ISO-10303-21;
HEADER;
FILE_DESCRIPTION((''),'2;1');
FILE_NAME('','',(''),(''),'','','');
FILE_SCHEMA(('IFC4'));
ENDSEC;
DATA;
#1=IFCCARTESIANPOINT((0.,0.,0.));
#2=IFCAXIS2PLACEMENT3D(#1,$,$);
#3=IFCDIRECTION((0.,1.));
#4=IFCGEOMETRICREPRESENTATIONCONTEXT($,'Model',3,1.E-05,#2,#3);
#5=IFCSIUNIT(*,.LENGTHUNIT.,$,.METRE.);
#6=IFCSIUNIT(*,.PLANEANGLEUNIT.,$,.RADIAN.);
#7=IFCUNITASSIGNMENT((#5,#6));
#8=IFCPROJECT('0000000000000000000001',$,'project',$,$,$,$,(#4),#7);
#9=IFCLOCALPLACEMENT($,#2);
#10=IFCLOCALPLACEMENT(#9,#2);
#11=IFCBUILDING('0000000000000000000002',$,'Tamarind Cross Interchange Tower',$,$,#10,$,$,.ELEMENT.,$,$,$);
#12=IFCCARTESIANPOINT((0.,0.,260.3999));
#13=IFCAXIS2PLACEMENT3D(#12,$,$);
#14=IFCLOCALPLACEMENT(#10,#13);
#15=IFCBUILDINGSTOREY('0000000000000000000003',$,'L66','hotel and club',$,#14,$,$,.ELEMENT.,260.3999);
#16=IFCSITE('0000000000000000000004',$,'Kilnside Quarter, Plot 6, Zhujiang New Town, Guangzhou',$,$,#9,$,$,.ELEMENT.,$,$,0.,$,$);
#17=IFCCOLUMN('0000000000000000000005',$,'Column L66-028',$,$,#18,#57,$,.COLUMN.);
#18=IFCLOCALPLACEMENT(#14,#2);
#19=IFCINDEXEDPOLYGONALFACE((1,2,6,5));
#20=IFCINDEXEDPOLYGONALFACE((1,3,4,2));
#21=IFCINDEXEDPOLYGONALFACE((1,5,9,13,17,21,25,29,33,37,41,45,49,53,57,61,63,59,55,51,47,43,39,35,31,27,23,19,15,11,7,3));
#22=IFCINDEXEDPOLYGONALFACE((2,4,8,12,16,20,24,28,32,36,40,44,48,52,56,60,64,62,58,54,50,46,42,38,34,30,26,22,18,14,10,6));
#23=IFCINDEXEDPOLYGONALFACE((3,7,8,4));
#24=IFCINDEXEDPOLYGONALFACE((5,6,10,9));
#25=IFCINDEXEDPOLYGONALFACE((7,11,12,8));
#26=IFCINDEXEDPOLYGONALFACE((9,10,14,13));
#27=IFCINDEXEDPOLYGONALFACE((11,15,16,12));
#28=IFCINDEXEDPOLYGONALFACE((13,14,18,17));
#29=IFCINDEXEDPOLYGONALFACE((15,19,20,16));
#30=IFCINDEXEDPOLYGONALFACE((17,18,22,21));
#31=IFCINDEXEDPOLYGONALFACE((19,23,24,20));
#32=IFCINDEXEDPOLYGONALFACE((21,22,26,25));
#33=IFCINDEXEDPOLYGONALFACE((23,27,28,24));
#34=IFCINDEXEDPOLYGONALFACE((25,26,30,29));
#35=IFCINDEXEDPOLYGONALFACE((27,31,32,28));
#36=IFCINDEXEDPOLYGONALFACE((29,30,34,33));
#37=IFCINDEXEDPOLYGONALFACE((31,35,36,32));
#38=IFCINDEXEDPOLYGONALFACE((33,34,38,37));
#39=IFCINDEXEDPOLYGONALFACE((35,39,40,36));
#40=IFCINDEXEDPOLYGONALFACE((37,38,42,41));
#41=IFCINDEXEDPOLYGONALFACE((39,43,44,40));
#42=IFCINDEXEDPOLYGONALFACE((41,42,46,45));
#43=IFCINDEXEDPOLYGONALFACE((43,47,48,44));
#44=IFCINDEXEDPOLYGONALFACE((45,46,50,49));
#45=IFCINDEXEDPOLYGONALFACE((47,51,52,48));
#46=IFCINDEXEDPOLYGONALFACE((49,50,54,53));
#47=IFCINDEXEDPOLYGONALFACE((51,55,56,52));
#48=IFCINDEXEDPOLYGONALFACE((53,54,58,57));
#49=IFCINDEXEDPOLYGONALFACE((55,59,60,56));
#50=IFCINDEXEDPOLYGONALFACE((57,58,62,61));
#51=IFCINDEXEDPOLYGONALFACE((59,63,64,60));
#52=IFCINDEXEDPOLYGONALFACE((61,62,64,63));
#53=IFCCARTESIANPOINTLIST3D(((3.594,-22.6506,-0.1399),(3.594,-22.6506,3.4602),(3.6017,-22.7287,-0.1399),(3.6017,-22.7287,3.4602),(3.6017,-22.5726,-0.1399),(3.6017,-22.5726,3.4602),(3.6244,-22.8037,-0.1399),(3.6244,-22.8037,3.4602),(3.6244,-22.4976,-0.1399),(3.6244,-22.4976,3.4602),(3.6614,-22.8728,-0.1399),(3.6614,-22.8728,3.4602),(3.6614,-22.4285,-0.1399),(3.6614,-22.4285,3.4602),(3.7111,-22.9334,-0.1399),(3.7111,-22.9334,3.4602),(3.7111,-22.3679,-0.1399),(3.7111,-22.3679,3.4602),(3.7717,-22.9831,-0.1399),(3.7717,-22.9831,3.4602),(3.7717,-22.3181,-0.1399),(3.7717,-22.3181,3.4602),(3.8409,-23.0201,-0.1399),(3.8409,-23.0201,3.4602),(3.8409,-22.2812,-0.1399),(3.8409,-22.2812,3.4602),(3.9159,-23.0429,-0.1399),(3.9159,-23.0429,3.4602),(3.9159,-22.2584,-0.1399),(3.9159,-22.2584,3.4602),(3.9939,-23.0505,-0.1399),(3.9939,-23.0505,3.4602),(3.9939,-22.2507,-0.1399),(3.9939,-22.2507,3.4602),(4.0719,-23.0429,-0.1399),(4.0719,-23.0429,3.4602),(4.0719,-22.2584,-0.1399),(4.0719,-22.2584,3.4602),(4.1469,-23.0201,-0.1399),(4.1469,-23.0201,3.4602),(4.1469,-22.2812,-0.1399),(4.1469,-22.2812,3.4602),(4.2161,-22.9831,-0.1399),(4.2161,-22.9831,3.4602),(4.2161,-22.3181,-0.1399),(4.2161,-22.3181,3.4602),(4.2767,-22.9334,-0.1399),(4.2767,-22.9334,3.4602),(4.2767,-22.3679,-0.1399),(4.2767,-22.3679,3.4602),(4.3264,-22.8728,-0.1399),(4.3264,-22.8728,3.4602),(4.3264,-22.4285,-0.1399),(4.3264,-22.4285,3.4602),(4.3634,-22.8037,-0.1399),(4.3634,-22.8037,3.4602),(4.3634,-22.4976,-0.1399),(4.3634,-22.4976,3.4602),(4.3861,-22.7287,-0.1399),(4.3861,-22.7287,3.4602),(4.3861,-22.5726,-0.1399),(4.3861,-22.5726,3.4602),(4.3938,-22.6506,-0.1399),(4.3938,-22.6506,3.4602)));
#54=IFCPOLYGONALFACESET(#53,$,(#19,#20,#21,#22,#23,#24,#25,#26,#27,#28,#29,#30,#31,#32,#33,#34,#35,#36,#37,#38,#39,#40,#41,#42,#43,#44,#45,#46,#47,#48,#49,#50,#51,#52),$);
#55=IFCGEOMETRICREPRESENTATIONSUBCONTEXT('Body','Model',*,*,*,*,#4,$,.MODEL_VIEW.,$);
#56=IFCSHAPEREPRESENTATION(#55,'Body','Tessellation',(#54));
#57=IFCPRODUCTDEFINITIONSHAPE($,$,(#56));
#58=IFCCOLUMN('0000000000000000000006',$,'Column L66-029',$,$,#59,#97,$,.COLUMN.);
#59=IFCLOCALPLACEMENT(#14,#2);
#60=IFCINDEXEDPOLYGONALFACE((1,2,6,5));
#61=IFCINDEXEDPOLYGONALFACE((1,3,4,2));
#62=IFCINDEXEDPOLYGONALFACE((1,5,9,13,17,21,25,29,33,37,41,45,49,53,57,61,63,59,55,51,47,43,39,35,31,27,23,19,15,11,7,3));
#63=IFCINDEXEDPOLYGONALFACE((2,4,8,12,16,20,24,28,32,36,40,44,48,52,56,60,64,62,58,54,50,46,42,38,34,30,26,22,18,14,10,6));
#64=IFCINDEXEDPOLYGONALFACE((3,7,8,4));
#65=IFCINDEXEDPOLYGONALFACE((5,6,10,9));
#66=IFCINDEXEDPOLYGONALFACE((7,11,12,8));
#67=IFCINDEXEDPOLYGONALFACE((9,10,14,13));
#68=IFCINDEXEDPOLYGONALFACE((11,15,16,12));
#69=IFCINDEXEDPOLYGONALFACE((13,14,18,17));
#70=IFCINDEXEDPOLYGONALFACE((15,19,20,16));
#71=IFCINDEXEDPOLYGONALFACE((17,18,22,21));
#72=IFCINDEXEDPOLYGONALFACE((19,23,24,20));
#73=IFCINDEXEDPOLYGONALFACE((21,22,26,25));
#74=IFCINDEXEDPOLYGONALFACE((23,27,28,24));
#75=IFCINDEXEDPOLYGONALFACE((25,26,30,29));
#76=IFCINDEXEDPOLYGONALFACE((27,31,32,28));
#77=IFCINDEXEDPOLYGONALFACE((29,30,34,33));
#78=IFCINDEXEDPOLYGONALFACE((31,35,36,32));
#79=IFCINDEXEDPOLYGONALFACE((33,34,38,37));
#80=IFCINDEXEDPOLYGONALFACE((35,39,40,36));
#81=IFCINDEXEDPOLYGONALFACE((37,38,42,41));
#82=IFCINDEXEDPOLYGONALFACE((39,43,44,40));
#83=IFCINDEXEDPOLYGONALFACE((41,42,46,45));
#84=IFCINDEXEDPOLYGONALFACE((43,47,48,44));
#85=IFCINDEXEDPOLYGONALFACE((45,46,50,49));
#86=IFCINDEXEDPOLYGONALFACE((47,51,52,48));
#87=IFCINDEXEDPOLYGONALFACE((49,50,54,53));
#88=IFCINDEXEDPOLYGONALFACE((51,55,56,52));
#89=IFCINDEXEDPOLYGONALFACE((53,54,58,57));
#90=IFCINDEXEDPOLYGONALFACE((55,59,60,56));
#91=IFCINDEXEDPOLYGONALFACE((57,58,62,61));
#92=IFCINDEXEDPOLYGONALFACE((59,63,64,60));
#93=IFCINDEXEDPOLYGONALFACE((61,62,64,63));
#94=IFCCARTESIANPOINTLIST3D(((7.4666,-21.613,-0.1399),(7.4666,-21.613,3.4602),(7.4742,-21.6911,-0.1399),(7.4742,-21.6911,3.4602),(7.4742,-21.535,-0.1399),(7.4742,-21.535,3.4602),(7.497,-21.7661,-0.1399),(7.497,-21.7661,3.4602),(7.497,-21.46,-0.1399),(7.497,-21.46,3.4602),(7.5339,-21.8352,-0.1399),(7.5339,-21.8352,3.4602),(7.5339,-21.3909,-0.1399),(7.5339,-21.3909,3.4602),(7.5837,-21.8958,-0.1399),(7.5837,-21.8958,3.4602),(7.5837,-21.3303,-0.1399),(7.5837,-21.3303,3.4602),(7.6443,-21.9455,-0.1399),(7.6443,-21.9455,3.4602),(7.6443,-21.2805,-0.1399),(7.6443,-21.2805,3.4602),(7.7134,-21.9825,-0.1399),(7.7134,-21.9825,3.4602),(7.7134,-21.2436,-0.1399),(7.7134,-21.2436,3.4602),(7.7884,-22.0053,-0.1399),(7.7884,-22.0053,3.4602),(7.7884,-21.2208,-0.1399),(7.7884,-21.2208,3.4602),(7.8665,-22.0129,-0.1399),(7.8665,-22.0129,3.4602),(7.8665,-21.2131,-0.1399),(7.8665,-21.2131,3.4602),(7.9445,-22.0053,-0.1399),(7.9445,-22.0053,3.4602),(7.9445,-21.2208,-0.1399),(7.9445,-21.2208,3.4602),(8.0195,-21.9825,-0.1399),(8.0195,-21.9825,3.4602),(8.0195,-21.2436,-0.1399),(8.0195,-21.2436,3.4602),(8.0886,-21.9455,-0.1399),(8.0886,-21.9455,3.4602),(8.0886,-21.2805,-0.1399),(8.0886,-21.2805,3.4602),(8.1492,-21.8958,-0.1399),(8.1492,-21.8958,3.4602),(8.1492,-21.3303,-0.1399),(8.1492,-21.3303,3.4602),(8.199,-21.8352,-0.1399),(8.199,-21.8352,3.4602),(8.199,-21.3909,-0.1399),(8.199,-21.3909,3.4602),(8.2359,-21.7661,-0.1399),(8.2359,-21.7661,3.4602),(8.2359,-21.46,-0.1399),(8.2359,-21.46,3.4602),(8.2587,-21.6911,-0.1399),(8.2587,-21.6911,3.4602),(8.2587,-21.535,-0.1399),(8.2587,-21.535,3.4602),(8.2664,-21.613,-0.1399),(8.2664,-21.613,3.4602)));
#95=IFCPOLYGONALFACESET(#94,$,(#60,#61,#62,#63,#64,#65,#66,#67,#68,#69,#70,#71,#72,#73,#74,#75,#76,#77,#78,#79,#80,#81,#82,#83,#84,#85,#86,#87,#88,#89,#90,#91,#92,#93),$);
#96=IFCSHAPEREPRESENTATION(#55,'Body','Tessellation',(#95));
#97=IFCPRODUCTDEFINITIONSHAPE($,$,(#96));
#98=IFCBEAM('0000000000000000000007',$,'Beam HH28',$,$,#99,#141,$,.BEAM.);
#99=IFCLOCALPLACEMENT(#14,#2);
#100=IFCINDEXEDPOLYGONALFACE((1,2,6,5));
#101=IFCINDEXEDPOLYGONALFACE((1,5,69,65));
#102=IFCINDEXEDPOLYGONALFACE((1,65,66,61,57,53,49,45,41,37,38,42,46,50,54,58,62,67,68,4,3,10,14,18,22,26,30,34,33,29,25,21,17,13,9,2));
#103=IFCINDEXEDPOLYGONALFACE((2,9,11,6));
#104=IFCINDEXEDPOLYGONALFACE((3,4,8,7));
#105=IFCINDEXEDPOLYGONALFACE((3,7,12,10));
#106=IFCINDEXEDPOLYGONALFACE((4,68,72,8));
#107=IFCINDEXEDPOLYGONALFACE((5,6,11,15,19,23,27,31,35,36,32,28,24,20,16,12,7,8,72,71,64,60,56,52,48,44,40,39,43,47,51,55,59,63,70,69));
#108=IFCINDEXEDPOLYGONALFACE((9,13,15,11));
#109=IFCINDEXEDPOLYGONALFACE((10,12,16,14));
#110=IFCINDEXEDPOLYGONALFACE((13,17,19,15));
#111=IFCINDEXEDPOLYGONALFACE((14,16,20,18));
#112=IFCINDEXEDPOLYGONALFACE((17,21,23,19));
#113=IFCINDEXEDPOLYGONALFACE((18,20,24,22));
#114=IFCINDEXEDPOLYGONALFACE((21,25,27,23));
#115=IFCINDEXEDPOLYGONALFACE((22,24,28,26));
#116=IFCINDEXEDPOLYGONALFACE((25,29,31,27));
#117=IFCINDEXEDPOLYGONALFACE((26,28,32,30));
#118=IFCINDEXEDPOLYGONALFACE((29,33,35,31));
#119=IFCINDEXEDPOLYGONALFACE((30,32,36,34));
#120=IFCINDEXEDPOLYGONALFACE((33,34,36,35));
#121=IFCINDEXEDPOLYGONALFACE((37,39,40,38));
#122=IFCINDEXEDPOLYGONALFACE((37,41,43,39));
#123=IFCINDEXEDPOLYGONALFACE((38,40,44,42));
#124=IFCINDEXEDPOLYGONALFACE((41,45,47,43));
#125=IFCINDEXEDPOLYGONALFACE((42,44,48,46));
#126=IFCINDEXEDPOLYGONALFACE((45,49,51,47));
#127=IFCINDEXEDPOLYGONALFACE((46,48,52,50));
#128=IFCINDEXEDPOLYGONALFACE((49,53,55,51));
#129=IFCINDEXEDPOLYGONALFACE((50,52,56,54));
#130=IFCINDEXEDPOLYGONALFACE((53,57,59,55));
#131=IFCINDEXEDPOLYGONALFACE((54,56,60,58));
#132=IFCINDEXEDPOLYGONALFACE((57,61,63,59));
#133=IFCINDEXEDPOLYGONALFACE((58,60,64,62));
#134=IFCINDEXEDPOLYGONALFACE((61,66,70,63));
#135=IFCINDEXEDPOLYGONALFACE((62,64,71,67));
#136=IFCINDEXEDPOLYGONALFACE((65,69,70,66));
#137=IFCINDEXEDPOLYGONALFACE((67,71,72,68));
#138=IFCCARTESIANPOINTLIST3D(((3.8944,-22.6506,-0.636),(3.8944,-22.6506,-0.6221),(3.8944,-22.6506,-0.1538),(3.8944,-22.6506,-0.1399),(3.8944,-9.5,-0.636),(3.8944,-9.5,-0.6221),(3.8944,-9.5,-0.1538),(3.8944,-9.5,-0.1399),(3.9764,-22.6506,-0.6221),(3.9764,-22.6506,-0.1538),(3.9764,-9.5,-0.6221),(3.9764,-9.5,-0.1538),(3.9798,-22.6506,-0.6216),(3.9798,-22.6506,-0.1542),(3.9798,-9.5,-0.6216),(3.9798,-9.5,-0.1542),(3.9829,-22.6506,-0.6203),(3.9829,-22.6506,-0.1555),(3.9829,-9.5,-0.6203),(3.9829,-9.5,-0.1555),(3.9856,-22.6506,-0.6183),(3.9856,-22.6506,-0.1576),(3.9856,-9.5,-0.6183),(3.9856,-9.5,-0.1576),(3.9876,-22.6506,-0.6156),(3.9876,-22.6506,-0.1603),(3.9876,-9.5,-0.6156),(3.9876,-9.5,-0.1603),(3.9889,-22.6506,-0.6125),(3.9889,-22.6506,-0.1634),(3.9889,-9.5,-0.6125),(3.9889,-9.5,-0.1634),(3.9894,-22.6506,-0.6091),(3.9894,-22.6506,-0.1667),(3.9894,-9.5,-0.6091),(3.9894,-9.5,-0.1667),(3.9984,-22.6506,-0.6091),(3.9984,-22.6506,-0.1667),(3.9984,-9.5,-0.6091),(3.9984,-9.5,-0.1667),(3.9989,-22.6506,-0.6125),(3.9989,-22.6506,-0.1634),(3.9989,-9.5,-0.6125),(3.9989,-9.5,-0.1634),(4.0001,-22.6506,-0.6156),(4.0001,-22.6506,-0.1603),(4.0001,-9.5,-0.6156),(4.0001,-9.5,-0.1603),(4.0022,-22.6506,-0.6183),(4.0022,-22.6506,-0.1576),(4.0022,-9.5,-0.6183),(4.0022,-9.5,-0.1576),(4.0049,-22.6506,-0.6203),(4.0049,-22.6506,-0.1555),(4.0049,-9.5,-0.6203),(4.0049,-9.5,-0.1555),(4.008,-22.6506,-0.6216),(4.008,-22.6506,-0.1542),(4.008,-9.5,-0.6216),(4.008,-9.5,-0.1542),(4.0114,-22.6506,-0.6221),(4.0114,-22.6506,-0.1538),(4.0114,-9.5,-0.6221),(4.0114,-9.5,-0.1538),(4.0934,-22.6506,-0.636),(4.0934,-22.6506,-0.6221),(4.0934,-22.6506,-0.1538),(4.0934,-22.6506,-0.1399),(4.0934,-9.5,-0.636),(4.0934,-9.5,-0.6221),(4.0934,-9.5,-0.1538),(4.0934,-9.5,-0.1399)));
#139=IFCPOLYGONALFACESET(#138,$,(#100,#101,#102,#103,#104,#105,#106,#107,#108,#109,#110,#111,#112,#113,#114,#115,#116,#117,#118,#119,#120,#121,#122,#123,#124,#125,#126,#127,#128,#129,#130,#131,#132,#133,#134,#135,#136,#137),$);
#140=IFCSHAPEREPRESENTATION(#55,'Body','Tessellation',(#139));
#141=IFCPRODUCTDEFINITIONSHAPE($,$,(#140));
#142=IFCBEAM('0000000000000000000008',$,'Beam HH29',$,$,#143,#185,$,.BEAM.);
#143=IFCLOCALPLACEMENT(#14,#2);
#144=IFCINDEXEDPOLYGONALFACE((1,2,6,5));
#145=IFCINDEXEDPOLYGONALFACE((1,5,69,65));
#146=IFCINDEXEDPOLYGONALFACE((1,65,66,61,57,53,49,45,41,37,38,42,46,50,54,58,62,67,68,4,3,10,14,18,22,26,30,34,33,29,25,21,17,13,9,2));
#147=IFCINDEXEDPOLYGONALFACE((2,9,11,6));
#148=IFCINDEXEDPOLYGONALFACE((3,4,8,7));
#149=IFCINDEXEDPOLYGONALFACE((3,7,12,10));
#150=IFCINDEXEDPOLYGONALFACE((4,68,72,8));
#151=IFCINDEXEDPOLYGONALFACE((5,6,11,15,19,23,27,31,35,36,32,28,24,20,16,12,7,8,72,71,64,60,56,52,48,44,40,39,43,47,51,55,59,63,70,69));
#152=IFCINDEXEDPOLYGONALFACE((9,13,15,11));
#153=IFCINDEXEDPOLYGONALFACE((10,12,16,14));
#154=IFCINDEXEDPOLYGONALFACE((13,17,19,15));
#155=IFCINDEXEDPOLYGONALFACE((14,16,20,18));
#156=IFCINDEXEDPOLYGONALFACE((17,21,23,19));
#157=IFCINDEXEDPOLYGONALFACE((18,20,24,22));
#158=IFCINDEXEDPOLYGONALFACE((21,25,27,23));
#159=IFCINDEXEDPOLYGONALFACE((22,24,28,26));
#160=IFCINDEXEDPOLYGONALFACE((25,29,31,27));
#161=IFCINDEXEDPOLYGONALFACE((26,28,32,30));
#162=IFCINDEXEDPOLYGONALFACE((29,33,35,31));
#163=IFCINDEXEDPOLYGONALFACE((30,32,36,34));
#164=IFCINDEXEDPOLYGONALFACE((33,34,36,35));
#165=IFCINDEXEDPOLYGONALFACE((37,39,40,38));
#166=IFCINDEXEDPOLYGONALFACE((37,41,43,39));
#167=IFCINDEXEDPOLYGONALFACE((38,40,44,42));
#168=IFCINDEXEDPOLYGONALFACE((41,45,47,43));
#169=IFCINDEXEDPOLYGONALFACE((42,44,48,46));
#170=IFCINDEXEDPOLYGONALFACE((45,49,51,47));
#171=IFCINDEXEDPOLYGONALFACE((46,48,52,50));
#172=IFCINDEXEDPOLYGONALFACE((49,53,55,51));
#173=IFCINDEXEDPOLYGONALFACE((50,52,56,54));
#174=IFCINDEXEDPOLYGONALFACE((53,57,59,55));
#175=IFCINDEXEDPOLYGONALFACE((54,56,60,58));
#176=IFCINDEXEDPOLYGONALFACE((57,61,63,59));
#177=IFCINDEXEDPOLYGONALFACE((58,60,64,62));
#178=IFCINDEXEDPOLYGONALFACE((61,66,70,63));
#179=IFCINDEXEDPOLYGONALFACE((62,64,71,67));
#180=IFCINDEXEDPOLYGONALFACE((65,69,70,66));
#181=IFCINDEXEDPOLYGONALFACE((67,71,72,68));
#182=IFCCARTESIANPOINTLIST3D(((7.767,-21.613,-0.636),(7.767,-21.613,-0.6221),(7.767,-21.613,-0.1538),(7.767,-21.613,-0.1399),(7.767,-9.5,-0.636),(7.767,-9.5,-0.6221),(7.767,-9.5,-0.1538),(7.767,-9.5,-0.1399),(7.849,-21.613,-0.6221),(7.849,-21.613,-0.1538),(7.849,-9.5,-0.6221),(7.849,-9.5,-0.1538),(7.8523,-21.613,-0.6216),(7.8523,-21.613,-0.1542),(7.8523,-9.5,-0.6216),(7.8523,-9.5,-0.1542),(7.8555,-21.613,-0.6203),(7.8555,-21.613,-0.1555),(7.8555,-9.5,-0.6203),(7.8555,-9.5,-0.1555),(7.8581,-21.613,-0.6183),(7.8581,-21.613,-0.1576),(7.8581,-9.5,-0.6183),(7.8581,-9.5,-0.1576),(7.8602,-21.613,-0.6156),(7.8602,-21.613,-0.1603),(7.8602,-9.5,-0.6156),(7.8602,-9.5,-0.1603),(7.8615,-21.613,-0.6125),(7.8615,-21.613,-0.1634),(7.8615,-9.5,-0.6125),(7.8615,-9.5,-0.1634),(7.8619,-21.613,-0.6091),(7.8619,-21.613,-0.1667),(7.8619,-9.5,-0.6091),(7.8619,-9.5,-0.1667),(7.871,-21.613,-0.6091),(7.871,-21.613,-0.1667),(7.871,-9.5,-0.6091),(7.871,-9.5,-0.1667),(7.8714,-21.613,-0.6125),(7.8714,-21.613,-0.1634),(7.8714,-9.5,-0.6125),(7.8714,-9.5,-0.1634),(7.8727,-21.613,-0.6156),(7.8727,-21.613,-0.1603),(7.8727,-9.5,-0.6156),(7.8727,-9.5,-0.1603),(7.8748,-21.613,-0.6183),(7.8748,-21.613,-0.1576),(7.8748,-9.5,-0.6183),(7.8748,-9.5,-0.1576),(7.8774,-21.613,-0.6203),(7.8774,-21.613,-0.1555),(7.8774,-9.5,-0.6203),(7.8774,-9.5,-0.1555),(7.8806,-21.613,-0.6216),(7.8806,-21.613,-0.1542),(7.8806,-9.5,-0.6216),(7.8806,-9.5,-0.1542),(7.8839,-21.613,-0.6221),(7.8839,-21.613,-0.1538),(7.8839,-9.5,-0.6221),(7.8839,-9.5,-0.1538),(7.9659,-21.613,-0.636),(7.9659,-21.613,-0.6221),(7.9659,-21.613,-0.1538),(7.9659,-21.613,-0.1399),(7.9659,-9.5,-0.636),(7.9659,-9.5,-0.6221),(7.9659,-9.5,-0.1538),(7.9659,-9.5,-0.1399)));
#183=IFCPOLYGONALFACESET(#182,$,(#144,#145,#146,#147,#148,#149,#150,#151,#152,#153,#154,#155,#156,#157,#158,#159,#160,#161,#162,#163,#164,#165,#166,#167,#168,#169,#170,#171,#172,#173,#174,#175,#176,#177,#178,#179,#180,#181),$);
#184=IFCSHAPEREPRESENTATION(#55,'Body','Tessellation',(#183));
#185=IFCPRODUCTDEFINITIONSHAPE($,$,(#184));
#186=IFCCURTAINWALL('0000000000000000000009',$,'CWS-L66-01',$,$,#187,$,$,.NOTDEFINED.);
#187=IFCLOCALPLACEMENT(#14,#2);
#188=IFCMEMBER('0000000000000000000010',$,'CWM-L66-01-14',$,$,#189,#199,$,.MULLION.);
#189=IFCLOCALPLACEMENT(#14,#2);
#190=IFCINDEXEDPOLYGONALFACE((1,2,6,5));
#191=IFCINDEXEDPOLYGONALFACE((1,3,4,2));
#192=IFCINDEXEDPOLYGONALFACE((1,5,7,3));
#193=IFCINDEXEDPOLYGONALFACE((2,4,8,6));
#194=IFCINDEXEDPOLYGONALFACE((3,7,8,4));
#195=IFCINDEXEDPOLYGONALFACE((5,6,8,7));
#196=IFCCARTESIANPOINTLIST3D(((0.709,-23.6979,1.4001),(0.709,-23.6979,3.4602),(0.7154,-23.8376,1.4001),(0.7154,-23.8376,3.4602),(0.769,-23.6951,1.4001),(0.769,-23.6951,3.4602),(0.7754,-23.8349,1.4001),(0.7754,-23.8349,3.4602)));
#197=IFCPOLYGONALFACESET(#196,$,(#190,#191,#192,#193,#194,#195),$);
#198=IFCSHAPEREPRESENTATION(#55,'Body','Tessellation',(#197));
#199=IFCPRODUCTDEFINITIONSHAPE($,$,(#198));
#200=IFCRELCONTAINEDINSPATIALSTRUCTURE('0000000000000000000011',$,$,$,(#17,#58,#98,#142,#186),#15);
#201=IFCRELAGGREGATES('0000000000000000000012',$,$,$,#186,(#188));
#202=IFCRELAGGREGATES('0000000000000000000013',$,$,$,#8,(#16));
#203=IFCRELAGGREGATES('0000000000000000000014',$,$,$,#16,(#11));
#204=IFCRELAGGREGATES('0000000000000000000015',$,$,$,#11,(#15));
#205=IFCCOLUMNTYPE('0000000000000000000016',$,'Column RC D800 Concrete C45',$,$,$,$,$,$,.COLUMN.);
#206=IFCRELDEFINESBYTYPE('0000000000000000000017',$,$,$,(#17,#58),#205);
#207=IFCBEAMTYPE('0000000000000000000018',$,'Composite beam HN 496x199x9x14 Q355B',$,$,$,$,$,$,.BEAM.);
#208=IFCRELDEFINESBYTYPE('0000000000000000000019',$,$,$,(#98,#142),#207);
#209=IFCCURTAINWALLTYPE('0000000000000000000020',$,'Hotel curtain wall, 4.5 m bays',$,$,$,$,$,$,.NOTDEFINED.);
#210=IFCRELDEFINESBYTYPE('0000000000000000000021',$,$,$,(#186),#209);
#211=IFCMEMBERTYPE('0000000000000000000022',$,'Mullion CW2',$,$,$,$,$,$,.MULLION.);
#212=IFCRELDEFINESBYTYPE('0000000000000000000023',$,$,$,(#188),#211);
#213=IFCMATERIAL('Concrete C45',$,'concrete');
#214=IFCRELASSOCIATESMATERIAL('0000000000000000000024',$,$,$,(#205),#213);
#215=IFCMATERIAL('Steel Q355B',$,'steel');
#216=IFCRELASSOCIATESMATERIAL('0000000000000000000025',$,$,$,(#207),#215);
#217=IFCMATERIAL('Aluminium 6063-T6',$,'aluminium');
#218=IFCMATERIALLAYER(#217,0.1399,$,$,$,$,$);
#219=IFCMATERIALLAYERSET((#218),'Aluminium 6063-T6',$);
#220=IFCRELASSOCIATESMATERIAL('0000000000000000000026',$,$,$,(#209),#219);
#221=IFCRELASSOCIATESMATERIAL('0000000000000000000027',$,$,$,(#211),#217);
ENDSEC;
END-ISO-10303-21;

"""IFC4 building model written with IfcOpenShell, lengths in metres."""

from ifc_helpers import new_model, si_unit, direction, frame, origin, origin_2d, place, context, subcontext, project, spatial, rectangle, circle, i_section, extrude, material, layer, layer_set, material_profile, profile_set, type_object, element, aggregate, save


model = new_model("IFC4")

# Units and contexts
model_context = context("Model", 3, precision=1e-05, world=origin(), true_north=direction((0.0, 1.0)))
body_context = subcontext(model_context, "Body", "Model", "MODEL_VIEW")
ifc_project = project(units=[si_unit("LENGTHUNIT", "METRE"), si_unit("PLANEANGLEUNIT", "RADIAN")], contexts=[model_context])

# Site, building, storey
site_placement = place(None, origin())
site = spatial("IfcSite", under=ifc_project, at=site_placement, Name="Kilnside Quarter, Plot 6, Zhujiang New Town, Guangzhou", CompositionType="ELEMENT", RefElevation=0.0)
building_placement = place(site_placement, origin())
building = spatial("IfcBuilding", under=site, at=building_placement, Name="Tamarind Cross Interchange Tower", CompositionType="ELEMENT")
storey_placement = place(building_placement, frame((0.0, 0.0, 260.3999)))
storey = spatial("IfcBuildingStorey", under=building, at=storey_placement, Name="L66", Description="hotel and club", CompositionType="ELEMENT", Elevation=260.3999)

# Columns
ifc_material_1 = material(Name="Concrete C45", Category="concrete")
ifc_material_profile_1 = material_profile(ifc_material_1, circle(Radius=0.3999, at=origin_2d()), Name="RC D800")
ifc_profile_set_1 = profile_set([ifc_material_profile_1], Name="Concrete C45")
column_type = type_object("IfcColumnType", Name="Column RC D800 Concrete C45", PredefinedType="COLUMN", material=ifc_profile_set_1)
for number, where, z_axis, x_axis, name in (
    (1, (3.9939, -22.6506, -0.1399), (0.0, 0.0, 1.0), (1.0, 0.0, 0.0), "Column L66-028"),
    (2, (7.8665, -21.613, -0.1399), (0.0, 0.0, 1.0), (1.0, 0.0, 0.0), "Column L66-029"),
):
    element("IfcColumn", number, at=place(storey_placement, frame(where, z_axis=z_axis, x_axis=x_axis)), inside=storey, type_object=column_type, Name=name, PredefinedType="COLUMN", context=body_context, shape_type="SweptSolid", body=[
        extrude(circle(Radius=0.3999, at=origin_2d()), origin(), (0.0, 0.0, 1.0), 3.6001),
    ])

# Beams
ifc_material_2 = material(Name="Steel Q355B", Category="steel")
ifc_material_profile_2 = material_profile(ifc_material_2, i_section(OverallWidth=0.199, OverallDepth=0.4961, WebThickness=0.009, FlangeThickness=0.0139, FilletRadius=0.0129, at=origin_2d()), Name="HN 496x199x9x14")
ifc_profile_set_2 = profile_set([ifc_material_profile_2], Name="Steel Q355B")
beam_type = type_object("IfcBeamType", Name="Composite beam HN 496x199x9x14 Q355B", PredefinedType="BEAM", material=ifc_profile_set_2)
beam_1_placement = place(storey_placement, frame((3.9939, -22.6506, -0.3879), z_axis=(0.0, 1.0, 0.0), x_axis=(-1.0, 0.0, 0.0)))
element("IfcBeam", 3, at=beam_1_placement, inside=storey, type_object=beam_type, Name="Beam HH28", PredefinedType="BEAM", context=body_context, shape_type="SweptSolid", body=[
    extrude(i_section(OverallWidth=0.199, OverallDepth=0.4961, WebThickness=0.009, FlangeThickness=0.0139, FilletRadius=0.0129, at=origin_2d()), origin(), (0.0, 0.0, 1.0), 13.1506),
])
beam_2_placement = place(storey_placement, frame((7.8665, -21.613, -0.3879), z_axis=(0.0, 1.0, 0.0), x_axis=(-1.0, 0.0, 0.0)))
element("IfcBeam", 4, at=beam_2_placement, inside=storey, type_object=beam_type, Name="Beam HH29", PredefinedType="BEAM", context=body_context, shape_type="SweptSolid", body=[
    extrude(i_section(OverallWidth=0.199, OverallDepth=0.4961, WebThickness=0.009, FlangeThickness=0.0139, FilletRadius=0.0129, at=origin_2d()), origin(), (0.0, 0.0, 1.0), 12.113),
])

# Curtain wall, member
ifc_material_3 = material(Name="Aluminium 6063-T6", Category="aluminium")
ifc_layer_1 = layer(ifc_material_3, 0.1399)
ifc_layer_set_1 = layer_set([ifc_layer_1], Name="Aluminium 6063-T6")
curtain_wall_type = type_object("IfcCurtainWallType", Name="Hotel curtain wall, 4.5 m bays", PredefinedType="NOTDEFINED", material=ifc_layer_set_1)
curtain_wall_placement = place(storey_placement, origin())
curtain_wall = element("IfcCurtainWall", 5, at=curtain_wall_placement, inside=storey, type_object=curtain_wall_type, Name="CWS-L66-01", PredefinedType="NOTDEFINED")
ifc_material_profile_3 = material_profile(ifc_material_3, rectangle(XDim=0.0601, YDim=0.1399, at=origin_2d()), Name="Mullion CW2")
ifc_profile_set_3 = profile_set([ifc_material_profile_3], Name="Aluminium 6063-T6")
member_type = type_object("IfcMemberType", Name="Mullion CW2", PredefinedType="MULLION", material=ifc_profile_set_3)
member_1_placement = place(storey_placement, frame((0.7422, -23.7664, 1.4001), z_axis=(0.0, 0.0, 1.0), x_axis=(0.998959, 0.045624, 0.0)))
member_1 = element("IfcMember", 6, at=member_1_placement, type_object=member_type, Name="CWM-L66-01-14", PredefinedType="MULLION", context=body_context, shape_type="SweptSolid", body=[
    extrude(rectangle(XDim=0.0601, YDim=0.1399, at=origin_2d()), origin(), (0.0, 0.0, 1.0), 2.0601),
])
aggregate(curtain_wall, [member_1])

save(model, "model.ifc")
